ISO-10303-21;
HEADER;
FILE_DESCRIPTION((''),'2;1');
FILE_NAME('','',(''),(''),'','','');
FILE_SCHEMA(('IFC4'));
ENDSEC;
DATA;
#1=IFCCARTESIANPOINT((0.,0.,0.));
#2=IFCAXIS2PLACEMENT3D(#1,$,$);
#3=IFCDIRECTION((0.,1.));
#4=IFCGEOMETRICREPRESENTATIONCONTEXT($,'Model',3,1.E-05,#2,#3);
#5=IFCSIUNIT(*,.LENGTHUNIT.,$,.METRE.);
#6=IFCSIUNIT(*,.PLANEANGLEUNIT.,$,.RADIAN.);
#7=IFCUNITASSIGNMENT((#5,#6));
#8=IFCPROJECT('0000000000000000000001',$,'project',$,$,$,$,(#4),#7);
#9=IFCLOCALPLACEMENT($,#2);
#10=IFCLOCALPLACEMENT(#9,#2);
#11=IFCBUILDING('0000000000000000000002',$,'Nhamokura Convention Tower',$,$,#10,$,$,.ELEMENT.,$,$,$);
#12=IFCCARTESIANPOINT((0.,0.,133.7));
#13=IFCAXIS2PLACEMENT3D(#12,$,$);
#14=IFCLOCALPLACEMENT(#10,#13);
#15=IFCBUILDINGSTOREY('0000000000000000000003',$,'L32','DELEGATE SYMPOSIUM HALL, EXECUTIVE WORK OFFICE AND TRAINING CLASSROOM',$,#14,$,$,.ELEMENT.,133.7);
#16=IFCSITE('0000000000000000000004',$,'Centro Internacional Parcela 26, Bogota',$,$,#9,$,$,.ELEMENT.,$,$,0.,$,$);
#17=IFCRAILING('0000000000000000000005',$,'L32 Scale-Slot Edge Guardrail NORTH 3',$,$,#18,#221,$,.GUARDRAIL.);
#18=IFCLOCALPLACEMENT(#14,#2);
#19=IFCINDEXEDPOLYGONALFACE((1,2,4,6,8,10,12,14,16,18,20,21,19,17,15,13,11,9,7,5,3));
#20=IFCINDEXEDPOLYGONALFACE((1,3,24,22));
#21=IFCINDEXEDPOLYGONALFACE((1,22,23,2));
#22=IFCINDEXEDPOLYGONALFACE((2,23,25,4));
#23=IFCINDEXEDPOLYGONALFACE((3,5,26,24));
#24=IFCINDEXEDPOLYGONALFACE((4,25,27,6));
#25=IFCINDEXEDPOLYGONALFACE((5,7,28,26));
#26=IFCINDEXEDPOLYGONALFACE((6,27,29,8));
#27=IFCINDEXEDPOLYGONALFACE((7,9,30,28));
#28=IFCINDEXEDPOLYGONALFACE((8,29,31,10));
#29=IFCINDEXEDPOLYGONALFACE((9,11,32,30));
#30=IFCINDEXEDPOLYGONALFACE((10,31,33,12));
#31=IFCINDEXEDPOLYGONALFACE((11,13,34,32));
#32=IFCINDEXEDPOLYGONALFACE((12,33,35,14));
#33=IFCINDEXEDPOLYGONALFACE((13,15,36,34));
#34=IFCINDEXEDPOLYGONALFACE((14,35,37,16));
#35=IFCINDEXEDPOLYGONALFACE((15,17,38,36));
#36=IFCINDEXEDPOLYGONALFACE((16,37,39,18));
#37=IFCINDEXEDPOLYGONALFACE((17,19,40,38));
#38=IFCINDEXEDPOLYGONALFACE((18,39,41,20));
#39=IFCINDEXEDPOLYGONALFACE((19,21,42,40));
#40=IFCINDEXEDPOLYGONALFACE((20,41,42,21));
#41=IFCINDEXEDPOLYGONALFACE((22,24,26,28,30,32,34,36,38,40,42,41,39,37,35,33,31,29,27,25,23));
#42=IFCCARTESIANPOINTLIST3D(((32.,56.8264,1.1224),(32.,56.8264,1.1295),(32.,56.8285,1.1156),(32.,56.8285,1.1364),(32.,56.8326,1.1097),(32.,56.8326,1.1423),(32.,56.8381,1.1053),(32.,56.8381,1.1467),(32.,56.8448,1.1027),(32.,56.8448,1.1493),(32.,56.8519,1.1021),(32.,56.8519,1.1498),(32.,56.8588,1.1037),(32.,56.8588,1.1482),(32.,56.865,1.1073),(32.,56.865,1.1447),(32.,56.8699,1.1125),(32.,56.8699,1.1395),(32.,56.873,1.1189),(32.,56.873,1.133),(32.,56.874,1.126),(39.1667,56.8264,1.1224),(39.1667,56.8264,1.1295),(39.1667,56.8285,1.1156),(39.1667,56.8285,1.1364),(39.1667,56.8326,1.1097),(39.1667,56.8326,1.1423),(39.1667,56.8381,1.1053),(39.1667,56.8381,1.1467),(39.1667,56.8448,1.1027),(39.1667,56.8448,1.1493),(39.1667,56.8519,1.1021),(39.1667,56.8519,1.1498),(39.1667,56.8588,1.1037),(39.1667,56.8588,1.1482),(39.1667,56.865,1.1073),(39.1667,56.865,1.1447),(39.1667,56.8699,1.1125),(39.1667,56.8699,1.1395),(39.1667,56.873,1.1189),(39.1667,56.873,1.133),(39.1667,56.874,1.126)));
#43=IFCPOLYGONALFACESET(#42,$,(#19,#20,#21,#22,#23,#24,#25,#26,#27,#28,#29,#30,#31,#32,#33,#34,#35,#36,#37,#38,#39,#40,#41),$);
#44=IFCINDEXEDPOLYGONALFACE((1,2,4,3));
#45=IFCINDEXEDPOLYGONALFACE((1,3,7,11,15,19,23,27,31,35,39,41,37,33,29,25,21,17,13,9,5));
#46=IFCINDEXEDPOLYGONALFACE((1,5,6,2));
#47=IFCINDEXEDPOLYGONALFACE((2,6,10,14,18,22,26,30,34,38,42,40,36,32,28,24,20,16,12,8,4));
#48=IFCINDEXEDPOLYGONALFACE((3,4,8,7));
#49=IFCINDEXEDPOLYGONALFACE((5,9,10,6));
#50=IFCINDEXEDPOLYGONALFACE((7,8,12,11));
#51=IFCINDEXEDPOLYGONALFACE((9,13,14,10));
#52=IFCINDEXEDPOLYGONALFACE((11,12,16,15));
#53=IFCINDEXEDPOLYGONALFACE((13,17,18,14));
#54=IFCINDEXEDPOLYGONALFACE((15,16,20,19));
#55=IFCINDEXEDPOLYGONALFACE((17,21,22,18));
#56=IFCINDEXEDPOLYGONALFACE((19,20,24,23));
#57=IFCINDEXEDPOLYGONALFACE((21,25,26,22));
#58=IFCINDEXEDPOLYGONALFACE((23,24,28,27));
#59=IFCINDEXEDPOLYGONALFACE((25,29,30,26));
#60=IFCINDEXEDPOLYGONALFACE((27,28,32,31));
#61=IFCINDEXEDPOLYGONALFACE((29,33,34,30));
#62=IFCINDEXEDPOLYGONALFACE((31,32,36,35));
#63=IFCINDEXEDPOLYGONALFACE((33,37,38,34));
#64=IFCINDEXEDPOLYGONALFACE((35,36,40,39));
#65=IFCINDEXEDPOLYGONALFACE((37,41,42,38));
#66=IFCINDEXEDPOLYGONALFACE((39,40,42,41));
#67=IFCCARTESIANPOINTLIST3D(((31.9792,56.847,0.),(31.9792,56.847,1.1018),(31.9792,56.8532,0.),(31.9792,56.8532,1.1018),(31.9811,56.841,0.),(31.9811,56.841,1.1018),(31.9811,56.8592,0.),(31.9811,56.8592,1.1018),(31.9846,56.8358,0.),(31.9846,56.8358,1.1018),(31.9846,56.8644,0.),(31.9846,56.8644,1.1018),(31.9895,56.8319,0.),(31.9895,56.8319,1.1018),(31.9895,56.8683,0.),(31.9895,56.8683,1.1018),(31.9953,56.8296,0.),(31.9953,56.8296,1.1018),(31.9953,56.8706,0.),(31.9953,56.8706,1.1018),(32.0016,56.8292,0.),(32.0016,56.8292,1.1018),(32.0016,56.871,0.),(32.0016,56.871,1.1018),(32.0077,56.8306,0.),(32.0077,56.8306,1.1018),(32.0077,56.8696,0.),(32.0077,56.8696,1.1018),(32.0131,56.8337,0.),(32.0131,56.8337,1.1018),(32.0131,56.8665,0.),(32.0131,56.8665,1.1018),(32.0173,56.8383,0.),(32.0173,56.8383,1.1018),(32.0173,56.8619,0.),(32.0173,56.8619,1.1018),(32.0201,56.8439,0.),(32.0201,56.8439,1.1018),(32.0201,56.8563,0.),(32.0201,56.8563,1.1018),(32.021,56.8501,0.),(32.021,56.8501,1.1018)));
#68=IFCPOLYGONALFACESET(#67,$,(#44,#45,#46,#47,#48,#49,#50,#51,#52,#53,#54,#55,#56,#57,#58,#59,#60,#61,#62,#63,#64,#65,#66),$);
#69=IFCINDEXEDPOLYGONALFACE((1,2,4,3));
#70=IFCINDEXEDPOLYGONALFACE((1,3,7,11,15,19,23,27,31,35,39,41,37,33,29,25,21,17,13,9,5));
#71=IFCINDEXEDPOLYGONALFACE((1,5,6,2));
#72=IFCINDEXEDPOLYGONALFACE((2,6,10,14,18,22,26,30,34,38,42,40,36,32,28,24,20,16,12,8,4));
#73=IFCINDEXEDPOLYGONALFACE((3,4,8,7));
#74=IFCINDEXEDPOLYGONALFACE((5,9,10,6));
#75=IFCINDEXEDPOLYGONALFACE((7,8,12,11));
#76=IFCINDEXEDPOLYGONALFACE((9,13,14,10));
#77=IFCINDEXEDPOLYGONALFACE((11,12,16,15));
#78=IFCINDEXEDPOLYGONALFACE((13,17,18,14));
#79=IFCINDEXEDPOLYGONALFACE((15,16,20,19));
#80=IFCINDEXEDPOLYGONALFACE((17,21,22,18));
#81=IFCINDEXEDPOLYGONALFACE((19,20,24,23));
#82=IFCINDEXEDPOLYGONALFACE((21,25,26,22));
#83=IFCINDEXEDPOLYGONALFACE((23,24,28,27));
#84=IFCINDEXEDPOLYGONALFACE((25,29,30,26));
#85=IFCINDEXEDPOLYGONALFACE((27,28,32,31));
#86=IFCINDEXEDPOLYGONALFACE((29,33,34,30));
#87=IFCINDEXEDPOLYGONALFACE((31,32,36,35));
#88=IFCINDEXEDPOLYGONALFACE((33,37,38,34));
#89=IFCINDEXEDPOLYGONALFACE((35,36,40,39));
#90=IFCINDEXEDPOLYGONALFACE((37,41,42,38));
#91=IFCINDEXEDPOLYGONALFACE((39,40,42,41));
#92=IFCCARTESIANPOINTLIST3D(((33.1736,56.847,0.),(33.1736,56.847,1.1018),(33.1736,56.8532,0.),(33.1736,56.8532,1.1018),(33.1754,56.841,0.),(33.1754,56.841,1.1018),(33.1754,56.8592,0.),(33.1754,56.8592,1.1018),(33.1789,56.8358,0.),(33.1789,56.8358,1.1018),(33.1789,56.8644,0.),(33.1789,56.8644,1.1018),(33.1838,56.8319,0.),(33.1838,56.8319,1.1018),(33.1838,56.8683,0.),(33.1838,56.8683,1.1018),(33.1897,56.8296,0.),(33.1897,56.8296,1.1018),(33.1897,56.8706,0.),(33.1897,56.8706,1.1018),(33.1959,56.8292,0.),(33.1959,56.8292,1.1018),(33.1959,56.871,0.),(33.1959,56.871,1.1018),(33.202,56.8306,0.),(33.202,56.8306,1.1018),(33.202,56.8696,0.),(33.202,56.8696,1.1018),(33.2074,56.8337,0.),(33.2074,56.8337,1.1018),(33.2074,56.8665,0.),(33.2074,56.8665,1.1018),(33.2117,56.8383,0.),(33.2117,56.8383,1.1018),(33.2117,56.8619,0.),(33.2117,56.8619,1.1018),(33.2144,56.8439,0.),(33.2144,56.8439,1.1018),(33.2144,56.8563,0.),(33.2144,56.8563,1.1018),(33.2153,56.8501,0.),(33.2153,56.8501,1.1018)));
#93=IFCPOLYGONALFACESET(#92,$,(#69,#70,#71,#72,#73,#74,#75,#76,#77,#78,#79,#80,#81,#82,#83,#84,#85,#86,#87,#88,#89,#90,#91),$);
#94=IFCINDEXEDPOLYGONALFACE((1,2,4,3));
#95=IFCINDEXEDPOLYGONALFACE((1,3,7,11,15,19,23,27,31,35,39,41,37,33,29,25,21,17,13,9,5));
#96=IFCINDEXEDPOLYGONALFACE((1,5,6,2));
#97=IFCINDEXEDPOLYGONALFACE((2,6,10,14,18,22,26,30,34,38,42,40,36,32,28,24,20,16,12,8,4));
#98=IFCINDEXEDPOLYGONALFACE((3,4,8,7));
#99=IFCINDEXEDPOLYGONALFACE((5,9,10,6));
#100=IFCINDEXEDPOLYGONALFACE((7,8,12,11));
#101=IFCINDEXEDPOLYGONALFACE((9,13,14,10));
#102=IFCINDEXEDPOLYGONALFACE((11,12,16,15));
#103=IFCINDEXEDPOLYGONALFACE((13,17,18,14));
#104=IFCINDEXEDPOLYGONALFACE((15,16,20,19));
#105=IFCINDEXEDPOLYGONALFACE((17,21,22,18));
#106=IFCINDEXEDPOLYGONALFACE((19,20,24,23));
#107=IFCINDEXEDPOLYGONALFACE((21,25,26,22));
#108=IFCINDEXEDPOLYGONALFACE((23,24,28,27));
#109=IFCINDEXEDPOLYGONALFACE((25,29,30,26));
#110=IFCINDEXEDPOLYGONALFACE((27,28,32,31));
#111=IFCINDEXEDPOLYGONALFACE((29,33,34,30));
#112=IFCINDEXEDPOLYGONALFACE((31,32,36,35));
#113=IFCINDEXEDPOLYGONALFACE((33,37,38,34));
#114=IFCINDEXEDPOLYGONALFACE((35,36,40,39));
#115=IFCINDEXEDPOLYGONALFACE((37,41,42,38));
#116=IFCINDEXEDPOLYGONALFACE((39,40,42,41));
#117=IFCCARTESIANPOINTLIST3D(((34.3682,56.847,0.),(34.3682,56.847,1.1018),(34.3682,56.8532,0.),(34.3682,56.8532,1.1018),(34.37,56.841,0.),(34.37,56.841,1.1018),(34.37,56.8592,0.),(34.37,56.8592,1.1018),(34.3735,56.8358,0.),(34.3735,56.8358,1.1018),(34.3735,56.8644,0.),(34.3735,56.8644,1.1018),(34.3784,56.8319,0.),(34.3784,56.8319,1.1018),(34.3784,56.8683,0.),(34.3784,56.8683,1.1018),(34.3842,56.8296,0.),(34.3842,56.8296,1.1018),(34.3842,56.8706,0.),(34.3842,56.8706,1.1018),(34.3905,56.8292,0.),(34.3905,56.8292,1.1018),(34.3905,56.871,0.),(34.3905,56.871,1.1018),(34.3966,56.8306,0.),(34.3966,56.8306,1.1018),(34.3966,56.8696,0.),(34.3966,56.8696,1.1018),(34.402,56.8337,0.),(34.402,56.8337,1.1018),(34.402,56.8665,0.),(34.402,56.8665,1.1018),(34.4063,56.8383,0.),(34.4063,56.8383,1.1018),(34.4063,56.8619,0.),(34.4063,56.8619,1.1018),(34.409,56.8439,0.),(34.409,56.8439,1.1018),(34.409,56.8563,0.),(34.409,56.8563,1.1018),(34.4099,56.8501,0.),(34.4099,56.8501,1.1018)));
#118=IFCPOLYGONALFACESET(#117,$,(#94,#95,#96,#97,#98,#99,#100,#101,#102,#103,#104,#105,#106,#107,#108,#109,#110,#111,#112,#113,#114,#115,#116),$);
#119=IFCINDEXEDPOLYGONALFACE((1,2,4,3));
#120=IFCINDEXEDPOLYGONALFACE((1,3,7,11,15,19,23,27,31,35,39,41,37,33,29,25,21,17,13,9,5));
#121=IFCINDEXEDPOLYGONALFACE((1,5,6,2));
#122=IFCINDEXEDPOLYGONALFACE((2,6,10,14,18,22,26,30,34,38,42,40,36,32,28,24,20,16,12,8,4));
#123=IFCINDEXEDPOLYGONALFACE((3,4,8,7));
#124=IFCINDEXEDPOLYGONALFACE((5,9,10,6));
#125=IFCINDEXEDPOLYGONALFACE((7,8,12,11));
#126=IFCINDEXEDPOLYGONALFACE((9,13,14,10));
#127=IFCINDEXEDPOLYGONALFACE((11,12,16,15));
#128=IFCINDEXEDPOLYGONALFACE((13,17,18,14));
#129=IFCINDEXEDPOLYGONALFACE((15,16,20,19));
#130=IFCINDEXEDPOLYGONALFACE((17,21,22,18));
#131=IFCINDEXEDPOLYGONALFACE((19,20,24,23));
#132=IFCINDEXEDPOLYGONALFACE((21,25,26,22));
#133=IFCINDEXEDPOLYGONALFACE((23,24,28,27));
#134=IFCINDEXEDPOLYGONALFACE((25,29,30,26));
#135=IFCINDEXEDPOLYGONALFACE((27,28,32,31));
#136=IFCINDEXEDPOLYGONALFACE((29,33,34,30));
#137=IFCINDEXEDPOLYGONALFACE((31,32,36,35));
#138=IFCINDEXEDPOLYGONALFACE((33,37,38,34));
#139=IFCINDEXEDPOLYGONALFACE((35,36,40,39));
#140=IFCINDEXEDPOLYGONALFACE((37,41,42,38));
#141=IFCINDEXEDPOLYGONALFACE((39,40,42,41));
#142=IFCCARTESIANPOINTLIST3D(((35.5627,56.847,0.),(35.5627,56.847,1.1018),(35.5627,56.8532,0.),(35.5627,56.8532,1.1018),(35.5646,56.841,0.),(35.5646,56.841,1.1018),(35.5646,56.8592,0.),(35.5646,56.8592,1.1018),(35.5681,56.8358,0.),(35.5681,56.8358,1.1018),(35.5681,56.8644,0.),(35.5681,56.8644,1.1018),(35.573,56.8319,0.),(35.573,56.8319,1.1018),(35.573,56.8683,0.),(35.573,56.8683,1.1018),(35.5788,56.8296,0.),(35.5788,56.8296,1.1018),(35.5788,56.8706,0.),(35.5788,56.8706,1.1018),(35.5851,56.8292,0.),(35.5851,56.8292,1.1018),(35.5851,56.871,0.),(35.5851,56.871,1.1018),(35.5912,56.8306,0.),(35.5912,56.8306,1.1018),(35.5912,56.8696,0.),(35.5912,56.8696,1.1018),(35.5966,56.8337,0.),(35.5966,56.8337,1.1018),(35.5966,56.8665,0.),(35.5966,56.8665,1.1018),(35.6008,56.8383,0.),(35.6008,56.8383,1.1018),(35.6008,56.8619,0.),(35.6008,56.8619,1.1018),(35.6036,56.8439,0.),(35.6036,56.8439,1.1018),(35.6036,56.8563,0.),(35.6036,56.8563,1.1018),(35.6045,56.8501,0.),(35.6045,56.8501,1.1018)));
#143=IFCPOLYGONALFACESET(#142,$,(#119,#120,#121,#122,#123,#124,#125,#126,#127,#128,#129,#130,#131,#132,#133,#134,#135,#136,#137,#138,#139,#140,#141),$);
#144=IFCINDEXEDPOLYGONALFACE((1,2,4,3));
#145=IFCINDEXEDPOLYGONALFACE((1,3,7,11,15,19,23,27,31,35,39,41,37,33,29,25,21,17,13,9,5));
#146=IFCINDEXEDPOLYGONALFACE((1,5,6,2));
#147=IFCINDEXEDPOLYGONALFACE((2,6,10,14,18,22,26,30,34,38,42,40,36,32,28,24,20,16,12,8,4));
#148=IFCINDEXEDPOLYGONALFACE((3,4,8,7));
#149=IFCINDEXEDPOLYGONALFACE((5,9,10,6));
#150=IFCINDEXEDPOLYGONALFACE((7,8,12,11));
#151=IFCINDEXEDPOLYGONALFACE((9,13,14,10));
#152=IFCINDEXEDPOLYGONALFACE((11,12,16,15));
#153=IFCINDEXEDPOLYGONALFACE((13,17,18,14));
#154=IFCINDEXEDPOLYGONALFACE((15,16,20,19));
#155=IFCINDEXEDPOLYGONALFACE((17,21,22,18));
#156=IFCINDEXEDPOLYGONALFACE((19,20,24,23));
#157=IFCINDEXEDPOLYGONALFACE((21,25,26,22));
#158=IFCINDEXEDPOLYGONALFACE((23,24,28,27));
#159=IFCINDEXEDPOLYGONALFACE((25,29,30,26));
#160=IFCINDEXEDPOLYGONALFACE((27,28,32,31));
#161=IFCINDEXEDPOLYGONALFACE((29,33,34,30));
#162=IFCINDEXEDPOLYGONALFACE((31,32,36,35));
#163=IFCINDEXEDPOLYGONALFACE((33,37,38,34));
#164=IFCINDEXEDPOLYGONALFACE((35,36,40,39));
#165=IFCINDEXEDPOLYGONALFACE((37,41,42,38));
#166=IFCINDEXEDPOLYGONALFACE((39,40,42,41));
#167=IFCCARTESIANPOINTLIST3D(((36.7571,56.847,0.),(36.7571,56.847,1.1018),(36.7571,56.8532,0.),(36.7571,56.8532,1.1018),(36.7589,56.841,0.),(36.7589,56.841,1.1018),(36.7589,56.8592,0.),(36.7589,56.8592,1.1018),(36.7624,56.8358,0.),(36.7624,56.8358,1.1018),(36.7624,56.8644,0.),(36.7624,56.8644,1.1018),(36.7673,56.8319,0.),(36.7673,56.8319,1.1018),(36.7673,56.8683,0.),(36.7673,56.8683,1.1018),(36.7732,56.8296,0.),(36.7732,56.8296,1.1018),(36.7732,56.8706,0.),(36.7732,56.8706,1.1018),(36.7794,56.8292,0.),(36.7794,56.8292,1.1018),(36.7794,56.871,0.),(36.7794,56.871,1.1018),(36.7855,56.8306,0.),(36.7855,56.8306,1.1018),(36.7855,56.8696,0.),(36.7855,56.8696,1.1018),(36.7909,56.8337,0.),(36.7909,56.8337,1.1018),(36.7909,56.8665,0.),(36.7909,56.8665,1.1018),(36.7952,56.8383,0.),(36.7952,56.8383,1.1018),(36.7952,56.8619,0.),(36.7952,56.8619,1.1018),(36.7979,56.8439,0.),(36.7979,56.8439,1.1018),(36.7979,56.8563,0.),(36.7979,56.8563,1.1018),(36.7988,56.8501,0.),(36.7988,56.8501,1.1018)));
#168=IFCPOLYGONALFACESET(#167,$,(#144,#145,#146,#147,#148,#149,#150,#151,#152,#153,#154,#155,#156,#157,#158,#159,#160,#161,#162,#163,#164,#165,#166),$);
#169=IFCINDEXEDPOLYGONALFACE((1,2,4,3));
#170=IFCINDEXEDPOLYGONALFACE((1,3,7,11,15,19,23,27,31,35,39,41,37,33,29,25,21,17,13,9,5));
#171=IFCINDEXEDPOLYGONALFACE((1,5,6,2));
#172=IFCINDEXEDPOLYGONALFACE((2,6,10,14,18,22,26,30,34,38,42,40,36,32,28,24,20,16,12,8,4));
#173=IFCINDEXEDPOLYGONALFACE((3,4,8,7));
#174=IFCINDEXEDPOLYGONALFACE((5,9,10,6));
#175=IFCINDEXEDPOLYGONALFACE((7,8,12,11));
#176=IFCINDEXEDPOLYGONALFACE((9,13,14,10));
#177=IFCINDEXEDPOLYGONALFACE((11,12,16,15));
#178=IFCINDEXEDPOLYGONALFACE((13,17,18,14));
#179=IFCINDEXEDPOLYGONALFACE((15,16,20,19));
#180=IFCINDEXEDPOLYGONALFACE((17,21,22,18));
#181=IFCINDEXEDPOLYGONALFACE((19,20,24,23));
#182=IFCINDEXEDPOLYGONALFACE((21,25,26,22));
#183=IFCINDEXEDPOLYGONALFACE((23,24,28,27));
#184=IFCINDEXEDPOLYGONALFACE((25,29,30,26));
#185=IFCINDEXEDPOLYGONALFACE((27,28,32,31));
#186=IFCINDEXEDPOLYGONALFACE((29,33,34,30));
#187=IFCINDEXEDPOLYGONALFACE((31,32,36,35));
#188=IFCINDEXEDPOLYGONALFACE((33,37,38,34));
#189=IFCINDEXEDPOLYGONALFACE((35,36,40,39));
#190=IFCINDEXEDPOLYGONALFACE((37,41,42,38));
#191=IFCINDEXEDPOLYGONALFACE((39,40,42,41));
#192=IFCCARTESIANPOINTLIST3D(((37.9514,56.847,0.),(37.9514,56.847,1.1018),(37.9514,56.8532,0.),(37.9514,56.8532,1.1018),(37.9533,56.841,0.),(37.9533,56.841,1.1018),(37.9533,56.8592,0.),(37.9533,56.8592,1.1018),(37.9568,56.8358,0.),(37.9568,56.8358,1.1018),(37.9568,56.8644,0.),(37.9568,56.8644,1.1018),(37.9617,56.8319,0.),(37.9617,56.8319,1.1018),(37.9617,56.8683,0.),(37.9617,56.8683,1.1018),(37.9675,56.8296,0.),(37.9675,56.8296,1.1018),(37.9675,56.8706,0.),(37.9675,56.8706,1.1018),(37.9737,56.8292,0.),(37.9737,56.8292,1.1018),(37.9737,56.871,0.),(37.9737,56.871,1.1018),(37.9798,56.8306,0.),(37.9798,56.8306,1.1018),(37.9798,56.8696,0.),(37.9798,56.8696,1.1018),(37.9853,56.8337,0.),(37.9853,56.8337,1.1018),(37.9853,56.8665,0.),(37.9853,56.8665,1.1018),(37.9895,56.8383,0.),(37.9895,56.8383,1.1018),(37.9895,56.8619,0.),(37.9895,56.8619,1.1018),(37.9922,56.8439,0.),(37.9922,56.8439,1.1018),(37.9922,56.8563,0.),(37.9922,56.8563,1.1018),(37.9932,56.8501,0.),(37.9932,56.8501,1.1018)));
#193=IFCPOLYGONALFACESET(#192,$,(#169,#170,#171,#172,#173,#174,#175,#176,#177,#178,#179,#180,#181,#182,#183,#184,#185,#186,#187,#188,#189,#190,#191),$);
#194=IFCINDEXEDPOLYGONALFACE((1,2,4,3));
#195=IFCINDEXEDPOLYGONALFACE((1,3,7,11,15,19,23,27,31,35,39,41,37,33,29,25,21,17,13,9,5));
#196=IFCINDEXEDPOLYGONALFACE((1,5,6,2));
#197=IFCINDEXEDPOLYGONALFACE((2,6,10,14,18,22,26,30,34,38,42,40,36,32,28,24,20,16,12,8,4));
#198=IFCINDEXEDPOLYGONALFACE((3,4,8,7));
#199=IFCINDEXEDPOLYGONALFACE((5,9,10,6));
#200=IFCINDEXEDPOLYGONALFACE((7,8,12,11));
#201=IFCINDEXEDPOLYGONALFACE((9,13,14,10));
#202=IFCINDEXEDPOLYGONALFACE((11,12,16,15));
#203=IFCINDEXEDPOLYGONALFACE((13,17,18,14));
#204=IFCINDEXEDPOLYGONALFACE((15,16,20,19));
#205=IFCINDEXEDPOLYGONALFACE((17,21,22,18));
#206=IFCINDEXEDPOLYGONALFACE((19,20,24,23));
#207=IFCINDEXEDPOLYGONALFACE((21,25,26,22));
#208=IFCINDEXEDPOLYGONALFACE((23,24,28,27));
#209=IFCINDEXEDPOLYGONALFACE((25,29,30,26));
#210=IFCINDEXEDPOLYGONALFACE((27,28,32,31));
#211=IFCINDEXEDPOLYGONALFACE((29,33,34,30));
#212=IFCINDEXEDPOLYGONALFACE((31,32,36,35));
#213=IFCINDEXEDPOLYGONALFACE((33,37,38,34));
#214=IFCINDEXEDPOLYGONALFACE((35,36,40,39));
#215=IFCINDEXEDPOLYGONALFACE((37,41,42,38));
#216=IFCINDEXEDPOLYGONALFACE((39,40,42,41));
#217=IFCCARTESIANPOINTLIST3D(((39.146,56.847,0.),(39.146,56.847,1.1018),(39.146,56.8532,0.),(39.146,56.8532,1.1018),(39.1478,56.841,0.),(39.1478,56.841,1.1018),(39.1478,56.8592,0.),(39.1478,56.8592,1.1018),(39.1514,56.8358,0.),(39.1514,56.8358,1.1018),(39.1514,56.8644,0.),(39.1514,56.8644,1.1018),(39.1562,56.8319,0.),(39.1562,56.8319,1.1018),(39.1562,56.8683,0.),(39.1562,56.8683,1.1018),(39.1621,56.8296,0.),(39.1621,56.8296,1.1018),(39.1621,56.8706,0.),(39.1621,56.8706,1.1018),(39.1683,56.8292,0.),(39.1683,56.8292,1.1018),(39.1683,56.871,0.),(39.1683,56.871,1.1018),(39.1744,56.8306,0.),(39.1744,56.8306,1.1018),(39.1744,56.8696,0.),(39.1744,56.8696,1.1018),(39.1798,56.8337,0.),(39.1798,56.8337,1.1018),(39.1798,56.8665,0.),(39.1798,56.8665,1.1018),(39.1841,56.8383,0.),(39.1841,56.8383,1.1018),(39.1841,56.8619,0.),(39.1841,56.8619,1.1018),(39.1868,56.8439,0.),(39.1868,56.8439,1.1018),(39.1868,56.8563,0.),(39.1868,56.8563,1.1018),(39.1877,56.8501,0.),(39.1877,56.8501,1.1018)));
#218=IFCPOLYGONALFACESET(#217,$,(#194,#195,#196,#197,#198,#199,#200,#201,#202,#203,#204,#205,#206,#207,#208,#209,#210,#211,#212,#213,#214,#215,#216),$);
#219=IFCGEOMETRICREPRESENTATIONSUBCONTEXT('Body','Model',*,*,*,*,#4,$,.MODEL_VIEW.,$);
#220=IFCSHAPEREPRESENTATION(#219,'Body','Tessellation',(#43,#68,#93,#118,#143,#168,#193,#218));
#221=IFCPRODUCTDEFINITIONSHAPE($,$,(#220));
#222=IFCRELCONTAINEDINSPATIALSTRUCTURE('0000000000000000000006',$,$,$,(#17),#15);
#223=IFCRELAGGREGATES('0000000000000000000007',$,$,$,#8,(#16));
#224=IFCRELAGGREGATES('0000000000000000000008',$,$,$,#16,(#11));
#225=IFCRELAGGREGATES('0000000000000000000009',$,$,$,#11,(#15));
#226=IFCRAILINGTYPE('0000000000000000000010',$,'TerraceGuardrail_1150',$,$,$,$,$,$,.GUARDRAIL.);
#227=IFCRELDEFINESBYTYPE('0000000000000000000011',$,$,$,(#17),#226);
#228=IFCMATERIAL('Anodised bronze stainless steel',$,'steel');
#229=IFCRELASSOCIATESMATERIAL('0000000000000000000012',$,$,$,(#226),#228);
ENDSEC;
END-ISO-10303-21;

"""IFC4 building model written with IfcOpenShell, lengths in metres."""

from ifc_helpers import new_model, si_unit, direction, frame, origin, origin_2d, place, context, subcontext, project, spatial, circle, extrude, material, type_object, element, save


model = new_model("IFC4")

# Units and contexts
model_context = context("Model", 3, precision=1e-05, world=origin(), true_north=direction((0.0, 1.0)))
body_context = subcontext(model_context, "Body", "Model", "MODEL_VIEW")
ifc_project = project(units=[si_unit("LENGTHUNIT", "METRE"), si_unit("PLANEANGLEUNIT", "RADIAN")], contexts=[model_context])

# Site, building, storey
site_placement = place(None, origin())
site = spatial("IfcSite", under=ifc_project, at=site_placement, Name="Centro Internacional Parcela 26, Bogota", CompositionType="ELEMENT", RefElevation=0.0)
building_placement = place(site_placement, origin())
building = spatial("IfcBuilding", under=site, at=building_placement, Name="Nhamokura Convention Tower", CompositionType="ELEMENT")
storey_placement = place(building_placement, frame((0.0, 0.0, 133.7)))
storey = spatial("IfcBuildingStorey", under=building, at=storey_placement, Name="L32", Description="DELEGATE SYMPOSIUM HALL, EXECUTIVE WORK OFFICE AND TRAINING CLASSROOM", CompositionType="ELEMENT", Elevation=133.7)

# Railing
ifc_material_1 = material(Name="Anodised bronze stainless steel", Category="steel")
railing_type = type_object("IfcRailingType", Name="TerraceGuardrail_1150", PredefinedType="GUARDRAIL", material=ifc_material_1)
railing_placement = place(storey_placement, frame((32.0, 56.8501, 0.0)))
element("IfcRailing", 1, at=railing_placement, inside=storey, type_object=railing_type, Name="L32 Scale-Slot Edge Guardrail NORTH 3", PredefinedType="GUARDRAIL", context=body_context, shape_type="SweptSolid", body=[
    extrude(circle(Radius=0.0239, at=origin_2d()), frame((0.0, 0.0, 1.126), z_axis=(1.0, 0.0, 0.0), x_axis=(0.0, 1.0, 0.0)), (0.0, 0.0, 1.0), 7.1667),
    extrude(circle(Radius=0.021, at=origin_2d()), origin(), (0.0, 0.0, 1.0), 1.1018),
    extrude(circle(Radius=0.021, at=origin_2d()), frame((1.1943, 0.0, 0.0)), (0.0, 0.0, 1.0), 1.1018),
    extrude(circle(Radius=0.021, at=origin_2d()), frame((2.3889, 0.0, 0.0)), (0.0, 0.0, 1.0), 1.1018),
    extrude(circle(Radius=0.021, at=origin_2d()), frame((3.5835, 0.0, 0.0)), (0.0, 0.0, 1.0), 1.1018),
    extrude(circle(Radius=0.021, at=origin_2d()), frame((4.7778, 0.0, 0.0)), (0.0, 0.0, 1.0), 1.1018),
    extrude(circle(Radius=0.021, at=origin_2d()), frame((5.9722, 0.0, 0.0)), (0.0, 0.0, 1.0), 1.1018),
    extrude(circle(Radius=0.021, at=origin_2d()), frame((7.1667, 0.0, 0.0)), (0.0, 0.0, 1.0), 1.1018),
])

save(model, "model.ifc")
